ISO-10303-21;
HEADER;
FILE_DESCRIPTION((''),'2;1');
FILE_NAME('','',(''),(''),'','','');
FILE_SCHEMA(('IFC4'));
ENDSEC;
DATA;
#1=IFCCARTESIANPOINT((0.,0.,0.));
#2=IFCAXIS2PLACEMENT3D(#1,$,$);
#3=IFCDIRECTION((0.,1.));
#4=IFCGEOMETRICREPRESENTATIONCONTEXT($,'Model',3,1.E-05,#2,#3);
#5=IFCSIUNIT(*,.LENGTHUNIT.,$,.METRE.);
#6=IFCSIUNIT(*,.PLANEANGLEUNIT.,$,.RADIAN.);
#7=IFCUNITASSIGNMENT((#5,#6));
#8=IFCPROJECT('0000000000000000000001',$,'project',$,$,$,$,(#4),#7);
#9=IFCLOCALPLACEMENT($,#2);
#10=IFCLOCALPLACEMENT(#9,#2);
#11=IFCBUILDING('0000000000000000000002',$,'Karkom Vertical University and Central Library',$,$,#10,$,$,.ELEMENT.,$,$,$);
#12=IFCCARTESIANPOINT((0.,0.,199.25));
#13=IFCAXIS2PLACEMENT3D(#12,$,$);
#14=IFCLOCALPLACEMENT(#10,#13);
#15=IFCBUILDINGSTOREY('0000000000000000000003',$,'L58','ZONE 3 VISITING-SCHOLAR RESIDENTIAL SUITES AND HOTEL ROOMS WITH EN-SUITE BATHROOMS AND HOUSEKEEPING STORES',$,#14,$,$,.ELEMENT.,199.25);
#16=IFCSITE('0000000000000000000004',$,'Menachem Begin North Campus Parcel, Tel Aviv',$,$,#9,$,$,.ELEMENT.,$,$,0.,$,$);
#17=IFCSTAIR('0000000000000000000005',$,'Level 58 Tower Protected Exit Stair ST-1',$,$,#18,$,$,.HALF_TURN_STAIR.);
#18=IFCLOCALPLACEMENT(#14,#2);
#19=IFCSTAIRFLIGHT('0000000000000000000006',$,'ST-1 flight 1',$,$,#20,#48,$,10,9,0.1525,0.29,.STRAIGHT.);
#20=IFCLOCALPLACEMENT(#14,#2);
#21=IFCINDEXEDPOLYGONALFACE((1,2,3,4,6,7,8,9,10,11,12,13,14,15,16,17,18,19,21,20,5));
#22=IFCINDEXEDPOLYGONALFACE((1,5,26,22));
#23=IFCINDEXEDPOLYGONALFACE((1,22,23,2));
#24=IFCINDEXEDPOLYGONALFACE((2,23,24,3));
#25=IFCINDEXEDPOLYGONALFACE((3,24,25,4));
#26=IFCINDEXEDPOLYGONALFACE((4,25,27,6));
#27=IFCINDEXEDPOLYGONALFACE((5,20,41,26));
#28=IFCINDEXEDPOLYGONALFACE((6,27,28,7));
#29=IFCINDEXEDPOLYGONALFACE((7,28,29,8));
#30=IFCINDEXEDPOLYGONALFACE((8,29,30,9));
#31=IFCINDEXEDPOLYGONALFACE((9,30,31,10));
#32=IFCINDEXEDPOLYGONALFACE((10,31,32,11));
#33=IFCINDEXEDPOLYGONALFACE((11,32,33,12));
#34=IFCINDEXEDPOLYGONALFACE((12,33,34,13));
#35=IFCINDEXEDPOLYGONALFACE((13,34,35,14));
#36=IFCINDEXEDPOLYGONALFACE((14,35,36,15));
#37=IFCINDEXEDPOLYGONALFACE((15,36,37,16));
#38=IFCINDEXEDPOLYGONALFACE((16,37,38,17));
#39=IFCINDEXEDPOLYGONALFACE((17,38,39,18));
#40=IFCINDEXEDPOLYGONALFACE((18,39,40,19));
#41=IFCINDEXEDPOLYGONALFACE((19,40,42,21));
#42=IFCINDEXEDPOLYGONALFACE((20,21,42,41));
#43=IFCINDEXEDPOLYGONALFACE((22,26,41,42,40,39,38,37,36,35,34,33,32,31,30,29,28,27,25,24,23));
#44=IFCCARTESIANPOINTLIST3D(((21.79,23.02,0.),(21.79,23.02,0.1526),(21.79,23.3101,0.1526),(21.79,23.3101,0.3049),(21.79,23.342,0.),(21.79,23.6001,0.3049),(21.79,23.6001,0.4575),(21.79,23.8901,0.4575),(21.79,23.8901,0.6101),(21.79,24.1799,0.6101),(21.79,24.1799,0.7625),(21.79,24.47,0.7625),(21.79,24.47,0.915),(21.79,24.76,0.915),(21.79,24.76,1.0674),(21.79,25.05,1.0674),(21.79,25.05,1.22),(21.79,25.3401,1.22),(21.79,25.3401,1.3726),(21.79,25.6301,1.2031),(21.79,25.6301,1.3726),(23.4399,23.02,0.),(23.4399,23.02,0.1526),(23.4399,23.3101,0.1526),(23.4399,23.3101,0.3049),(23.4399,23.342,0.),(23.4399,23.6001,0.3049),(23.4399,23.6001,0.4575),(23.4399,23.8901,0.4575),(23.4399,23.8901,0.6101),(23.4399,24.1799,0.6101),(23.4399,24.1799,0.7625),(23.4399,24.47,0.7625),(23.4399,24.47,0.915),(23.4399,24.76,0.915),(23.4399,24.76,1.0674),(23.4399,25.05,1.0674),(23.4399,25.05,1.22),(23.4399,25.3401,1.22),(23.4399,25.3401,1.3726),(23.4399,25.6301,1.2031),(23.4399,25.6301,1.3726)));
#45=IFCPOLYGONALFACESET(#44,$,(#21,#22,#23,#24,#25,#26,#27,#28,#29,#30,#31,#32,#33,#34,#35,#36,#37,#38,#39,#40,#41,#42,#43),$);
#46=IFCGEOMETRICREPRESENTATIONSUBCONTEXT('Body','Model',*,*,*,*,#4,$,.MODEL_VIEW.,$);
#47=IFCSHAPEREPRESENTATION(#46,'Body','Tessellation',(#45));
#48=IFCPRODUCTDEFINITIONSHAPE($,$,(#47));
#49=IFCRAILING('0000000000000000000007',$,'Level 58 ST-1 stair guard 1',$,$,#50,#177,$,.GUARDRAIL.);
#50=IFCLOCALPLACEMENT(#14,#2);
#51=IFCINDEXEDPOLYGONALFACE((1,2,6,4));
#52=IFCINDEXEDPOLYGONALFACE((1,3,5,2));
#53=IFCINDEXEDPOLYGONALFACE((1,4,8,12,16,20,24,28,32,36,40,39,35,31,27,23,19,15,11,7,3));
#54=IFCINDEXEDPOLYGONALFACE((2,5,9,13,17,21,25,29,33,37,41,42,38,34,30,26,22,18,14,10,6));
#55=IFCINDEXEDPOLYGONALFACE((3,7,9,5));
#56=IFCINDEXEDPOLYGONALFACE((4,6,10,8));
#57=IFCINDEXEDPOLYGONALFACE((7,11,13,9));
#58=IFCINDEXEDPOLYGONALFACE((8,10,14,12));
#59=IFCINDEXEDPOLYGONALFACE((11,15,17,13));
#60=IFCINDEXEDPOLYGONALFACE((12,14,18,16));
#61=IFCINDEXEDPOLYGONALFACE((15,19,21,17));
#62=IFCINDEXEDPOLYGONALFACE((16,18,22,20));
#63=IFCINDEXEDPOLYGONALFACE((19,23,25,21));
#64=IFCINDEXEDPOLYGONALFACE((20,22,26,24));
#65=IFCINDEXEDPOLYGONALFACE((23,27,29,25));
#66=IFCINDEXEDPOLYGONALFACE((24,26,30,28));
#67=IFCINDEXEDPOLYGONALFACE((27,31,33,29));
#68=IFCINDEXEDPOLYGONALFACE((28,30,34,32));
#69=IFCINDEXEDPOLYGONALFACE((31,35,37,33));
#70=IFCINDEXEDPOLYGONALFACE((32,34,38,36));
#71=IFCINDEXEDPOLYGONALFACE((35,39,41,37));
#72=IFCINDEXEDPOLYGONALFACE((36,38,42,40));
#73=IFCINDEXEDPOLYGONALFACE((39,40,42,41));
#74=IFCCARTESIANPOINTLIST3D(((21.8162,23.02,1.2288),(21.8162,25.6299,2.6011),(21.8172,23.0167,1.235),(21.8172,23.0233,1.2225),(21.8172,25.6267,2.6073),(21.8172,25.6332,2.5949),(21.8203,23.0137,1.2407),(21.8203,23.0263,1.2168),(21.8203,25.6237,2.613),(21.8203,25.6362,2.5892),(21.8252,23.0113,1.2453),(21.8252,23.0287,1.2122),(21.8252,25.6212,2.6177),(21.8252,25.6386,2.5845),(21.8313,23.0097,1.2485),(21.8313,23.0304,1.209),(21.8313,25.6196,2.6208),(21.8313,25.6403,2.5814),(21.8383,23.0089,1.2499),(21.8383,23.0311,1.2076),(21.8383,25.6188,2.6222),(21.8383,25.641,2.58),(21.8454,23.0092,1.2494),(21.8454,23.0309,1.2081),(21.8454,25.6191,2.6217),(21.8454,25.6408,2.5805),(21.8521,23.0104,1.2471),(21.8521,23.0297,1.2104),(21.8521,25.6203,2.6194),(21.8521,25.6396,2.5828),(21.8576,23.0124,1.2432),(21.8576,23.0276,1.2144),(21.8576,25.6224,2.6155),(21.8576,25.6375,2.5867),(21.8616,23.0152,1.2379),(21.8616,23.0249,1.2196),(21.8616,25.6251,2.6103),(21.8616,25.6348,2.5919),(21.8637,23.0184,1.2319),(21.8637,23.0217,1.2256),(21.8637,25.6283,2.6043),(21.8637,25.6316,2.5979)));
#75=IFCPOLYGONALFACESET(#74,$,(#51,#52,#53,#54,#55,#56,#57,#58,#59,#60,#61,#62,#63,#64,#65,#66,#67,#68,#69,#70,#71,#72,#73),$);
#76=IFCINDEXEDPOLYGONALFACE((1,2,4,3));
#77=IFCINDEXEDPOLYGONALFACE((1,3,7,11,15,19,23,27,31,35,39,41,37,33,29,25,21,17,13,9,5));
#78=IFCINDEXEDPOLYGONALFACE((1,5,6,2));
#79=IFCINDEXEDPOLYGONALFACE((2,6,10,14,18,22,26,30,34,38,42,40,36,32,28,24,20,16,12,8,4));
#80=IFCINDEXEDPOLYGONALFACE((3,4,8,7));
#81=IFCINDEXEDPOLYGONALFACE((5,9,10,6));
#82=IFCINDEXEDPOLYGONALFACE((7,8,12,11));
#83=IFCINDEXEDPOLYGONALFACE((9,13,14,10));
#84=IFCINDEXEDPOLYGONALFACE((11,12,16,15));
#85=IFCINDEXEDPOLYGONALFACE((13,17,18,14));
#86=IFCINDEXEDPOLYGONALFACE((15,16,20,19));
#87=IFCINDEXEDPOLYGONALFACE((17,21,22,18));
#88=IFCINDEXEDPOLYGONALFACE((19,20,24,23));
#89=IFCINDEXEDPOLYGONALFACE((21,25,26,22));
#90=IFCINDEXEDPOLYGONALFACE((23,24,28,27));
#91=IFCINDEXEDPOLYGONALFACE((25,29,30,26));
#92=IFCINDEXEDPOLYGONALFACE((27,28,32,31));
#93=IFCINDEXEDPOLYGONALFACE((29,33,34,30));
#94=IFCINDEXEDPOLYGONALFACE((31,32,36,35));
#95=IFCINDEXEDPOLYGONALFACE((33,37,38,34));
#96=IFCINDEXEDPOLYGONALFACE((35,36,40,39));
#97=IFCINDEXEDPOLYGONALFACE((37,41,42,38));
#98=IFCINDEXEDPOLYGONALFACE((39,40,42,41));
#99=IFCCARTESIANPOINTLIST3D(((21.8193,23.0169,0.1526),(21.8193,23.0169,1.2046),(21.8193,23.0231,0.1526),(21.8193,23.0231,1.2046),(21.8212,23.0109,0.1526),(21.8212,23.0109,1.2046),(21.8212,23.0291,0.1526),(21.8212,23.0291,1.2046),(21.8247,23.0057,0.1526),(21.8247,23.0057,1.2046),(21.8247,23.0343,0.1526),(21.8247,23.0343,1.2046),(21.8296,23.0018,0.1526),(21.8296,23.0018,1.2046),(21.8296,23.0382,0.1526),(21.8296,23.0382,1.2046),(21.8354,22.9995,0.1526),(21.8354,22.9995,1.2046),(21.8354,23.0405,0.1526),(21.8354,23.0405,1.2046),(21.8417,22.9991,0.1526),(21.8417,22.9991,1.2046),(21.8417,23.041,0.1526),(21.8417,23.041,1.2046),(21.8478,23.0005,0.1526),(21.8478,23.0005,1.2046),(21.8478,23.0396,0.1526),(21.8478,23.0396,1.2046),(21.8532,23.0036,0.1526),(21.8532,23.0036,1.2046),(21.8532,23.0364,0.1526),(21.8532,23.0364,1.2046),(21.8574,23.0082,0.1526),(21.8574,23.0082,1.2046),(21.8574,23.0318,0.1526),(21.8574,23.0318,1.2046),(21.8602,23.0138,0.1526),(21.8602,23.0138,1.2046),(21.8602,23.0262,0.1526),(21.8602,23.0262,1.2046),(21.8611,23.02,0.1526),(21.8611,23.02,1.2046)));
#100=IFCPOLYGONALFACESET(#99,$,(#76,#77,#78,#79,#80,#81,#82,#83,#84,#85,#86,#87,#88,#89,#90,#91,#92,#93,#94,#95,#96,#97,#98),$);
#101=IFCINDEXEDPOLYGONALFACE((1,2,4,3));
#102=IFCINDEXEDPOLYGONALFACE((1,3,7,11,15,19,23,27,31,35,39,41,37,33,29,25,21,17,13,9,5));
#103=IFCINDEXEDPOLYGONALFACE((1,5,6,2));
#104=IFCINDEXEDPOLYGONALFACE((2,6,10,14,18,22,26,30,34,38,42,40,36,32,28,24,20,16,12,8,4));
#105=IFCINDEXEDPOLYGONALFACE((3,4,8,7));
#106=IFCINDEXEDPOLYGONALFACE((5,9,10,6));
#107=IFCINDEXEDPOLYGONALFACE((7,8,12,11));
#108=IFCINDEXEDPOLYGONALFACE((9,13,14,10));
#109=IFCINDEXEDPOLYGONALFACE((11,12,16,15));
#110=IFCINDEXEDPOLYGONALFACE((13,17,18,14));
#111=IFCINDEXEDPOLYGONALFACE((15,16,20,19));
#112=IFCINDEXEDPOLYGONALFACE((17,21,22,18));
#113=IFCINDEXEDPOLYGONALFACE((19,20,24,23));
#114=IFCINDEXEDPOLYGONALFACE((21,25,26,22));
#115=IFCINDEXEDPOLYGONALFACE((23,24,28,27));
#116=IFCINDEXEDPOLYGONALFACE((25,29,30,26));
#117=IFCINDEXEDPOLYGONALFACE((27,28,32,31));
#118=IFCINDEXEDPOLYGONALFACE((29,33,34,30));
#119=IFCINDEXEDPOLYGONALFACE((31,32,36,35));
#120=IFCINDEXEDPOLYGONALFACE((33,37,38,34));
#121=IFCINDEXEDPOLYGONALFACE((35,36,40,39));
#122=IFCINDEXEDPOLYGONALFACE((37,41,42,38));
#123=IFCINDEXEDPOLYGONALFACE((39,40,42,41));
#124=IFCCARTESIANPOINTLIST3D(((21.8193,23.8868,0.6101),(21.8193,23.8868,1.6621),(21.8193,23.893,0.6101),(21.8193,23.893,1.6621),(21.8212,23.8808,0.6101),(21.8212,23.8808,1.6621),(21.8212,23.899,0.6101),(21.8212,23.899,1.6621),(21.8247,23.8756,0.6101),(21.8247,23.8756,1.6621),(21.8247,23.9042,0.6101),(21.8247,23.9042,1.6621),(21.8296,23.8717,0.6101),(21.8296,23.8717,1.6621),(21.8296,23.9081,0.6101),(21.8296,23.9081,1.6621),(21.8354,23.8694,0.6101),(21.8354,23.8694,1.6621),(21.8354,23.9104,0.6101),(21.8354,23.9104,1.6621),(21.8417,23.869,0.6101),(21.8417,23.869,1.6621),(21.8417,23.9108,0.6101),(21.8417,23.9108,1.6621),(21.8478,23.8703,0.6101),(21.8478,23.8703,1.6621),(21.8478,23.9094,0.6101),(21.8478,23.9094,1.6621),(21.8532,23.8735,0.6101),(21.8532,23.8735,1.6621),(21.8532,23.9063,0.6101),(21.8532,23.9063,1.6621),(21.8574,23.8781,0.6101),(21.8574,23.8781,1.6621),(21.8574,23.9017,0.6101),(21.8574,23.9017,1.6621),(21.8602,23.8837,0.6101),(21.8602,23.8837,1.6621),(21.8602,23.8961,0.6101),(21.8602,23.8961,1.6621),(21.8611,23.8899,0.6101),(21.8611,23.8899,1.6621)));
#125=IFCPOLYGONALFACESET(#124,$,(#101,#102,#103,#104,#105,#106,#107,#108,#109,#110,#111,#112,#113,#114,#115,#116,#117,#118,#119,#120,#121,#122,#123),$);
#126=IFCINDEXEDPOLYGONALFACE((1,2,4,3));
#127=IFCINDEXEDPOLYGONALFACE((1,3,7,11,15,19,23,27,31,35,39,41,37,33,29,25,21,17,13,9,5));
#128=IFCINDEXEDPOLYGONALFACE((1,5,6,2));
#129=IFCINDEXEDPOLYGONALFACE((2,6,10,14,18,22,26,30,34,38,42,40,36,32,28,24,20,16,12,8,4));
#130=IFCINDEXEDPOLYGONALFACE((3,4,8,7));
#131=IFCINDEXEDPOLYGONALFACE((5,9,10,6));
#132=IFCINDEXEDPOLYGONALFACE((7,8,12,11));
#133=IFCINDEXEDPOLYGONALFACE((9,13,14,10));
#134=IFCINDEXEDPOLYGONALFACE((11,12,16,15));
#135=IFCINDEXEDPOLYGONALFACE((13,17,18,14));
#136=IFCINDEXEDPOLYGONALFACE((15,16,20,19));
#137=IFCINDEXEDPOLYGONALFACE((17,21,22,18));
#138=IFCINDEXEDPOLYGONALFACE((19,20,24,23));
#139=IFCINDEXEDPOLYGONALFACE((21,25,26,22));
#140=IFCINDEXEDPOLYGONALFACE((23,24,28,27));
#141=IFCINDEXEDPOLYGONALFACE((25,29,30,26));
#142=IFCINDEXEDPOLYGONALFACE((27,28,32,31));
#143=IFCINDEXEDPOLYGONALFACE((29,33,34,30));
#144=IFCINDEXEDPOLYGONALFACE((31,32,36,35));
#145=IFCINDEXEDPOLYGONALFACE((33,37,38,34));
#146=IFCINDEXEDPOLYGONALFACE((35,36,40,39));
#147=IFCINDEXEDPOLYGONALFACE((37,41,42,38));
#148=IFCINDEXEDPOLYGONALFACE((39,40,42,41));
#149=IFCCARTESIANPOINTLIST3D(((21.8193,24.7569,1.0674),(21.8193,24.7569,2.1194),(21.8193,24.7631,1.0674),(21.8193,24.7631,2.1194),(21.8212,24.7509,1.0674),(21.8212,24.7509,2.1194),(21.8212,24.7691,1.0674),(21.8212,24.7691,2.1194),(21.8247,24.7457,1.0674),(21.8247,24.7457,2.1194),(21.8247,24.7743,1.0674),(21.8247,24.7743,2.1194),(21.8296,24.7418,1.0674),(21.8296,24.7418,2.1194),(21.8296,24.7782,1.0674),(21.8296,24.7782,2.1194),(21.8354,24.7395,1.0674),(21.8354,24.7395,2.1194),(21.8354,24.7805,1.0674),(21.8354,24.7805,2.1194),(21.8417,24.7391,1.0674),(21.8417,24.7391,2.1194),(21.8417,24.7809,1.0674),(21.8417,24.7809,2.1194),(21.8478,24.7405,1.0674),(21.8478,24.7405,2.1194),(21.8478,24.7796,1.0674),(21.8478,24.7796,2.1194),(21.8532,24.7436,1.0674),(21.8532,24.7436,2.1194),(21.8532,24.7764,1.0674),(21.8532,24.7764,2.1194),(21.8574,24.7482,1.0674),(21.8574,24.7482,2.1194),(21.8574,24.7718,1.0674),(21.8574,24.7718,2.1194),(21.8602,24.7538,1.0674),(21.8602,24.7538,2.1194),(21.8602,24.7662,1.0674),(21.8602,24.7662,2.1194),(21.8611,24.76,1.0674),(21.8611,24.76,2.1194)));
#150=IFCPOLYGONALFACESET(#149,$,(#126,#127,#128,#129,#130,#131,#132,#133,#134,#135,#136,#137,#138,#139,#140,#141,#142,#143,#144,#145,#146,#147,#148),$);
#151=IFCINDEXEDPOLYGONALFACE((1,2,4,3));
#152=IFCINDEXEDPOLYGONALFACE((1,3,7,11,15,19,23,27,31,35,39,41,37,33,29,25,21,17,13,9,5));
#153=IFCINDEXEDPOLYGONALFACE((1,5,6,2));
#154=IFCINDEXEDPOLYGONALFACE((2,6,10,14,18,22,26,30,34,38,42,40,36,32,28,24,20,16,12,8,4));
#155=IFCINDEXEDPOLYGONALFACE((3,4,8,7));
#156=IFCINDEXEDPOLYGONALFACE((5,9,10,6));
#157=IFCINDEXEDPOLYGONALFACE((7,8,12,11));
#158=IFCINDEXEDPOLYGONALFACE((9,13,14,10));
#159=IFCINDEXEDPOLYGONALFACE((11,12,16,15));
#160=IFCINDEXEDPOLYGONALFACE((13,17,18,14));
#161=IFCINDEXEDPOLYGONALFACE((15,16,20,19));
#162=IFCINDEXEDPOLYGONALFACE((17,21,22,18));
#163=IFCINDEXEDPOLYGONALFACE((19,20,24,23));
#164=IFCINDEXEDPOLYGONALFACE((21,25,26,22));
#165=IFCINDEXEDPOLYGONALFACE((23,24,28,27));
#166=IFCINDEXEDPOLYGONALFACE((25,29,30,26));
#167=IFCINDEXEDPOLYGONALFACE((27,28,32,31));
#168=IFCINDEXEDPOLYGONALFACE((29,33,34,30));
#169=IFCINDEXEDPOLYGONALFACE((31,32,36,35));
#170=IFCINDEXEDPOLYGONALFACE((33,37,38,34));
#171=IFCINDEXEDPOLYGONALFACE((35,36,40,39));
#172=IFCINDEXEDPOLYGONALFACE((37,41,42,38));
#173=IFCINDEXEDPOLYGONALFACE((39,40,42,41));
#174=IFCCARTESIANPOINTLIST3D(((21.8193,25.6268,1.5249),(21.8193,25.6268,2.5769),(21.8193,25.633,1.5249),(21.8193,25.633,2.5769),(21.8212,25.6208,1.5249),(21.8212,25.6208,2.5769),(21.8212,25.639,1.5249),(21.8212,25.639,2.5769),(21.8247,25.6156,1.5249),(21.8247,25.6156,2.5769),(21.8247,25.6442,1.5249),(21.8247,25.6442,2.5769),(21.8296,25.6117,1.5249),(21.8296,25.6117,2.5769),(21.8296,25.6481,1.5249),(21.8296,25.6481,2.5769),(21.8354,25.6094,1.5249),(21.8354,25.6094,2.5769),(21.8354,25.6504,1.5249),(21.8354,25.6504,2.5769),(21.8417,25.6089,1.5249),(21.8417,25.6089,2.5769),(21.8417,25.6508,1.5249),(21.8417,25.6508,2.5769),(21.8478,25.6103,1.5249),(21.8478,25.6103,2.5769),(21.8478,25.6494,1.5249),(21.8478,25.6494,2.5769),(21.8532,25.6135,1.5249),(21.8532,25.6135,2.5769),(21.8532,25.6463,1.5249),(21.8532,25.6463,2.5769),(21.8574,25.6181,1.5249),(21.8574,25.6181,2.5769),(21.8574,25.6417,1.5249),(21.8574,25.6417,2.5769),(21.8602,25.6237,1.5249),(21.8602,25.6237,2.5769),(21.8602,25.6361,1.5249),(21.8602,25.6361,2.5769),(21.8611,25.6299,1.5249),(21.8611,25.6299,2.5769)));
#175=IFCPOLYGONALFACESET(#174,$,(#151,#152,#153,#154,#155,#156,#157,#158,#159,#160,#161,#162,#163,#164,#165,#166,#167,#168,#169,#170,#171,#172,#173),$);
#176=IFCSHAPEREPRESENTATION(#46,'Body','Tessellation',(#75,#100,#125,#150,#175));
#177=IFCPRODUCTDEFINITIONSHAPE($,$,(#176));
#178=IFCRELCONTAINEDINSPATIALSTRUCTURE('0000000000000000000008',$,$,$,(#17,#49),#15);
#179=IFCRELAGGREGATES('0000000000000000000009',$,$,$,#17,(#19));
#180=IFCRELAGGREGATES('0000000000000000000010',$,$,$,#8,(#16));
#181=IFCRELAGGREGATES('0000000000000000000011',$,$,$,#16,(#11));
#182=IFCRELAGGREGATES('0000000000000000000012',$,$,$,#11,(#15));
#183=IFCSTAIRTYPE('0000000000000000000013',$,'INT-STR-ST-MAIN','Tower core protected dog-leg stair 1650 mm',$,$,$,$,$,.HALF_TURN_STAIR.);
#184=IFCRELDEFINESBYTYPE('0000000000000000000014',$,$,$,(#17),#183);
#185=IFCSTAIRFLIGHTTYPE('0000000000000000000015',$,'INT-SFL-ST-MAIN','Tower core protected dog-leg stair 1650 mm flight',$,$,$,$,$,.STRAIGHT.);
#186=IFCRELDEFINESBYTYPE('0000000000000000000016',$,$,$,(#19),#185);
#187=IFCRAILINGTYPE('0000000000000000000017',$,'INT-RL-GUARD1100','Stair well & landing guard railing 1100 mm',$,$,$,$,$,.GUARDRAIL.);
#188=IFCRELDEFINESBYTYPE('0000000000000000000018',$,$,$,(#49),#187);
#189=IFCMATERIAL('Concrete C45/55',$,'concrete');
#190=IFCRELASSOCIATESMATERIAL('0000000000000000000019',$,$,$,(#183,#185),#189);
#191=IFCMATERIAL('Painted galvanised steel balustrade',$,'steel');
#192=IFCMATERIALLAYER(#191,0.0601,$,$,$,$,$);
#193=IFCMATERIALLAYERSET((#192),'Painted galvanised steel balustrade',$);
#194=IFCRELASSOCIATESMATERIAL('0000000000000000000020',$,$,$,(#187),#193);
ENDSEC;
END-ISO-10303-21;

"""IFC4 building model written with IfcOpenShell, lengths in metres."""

from ifc_helpers import new_model, si_unit, direction, frame, origin, origin_2d, place, context, subcontext, project, spatial, polyline, circle, outline, extrude, material, layer, layer_set, type_object, element, aggregate, save


model = new_model("IFC4")

# Units and contexts
model_context = context("Model", 3, precision=1e-05, world=origin(), true_north=direction((0.0, 1.0)))
body_context = subcontext(model_context, "Body", "Model", "MODEL_VIEW")
ifc_project = project(units=[si_unit("LENGTHUNIT", "METRE"), si_unit("PLANEANGLEUNIT", "RADIAN")], contexts=[model_context])

# Site, building, storey
site_placement = place(None, origin())
site = spatial("IfcSite", under=ifc_project, at=site_placement, Name="Menachem Begin North Campus Parcel, Tel Aviv", CompositionType="ELEMENT", RefElevation=0.0)
building_placement = place(site_placement, origin())
building = spatial("IfcBuilding", under=site, at=building_placement, Name="Karkom Vertical University and Central Library", CompositionType="ELEMENT")
storey_placement = place(building_placement, frame((0.0, 0.0, 199.25)))
storey = spatial("IfcBuildingStorey", under=building, at=storey_placement, Name="L58", Description="ZONE 3 VISITING-SCHOLAR RESIDENTIAL SUITES AND HOTEL ROOMS WITH EN-SUITE BATHROOMS AND HOUSEKEEPING STORES", CompositionType="ELEMENT", Elevation=199.25)

# Shared definitions
ifc_material_1 = material(Name="Concrete C45/55", Category="concrete")

# Stair, stair flight
stair_type = type_object("IfcStairType", Name="INT-STR-ST-MAIN", Description="Tower core protected dog-leg stair 1650 mm", PredefinedType="HALF_TURN_STAIR", material=ifc_material_1)
stair_placement = place(storey_placement, origin())
stair = element("IfcStair", 1, at=stair_placement, inside=storey, type_object=stair_type, Name="Level 58 Tower Protected Exit Stair ST-1", PredefinedType="HALF_TURN_STAIR")
stair_flight_type = type_object("IfcStairFlightType", Name="INT-SFL-ST-MAIN", Description="Tower core protected dog-leg stair 1650 mm flight", PredefinedType="STRAIGHT", material=ifc_material_1)
stair_flight_placement = place(storey_placement, frame((22.615, 23.02, 0.0), z_axis=(0.0, 0.0, 1.0), x_axis=(0.0, 1.0, 0.0)))
stair_flight = element("IfcStairFlight", 2, at=stair_flight_placement, type_object=stair_flight_type, Name="ST-1 flight 1", NumberOfRisers=10, NumberOfTreads=9, PredefinedType="STRAIGHT", RiserHeight=0.1525, TreadLength=0.29, context=body_context, shape_type="SweptSolid", body=[
    extrude(outline(polyline([(0.0, 0.0), (0.0, 0.1526), (0.29, 0.1526), (0.29, 0.3049), (0.5801, 0.3049), (0.5801, 0.4575), (0.8701, 0.4575), (0.8701, 0.6101), (1.1599, 0.6101), (1.1599, 0.7625), (1.45, 0.7625), (1.45, 0.915), (1.74, 0.915), (1.74, 1.0674), (2.03, 1.0674), (2.03, 1.22), (2.3201, 1.22), (2.3201, 1.3726), (2.6101, 1.3726), (2.6101, 1.5249), (2.6101, 1.2031), (0.322, 0.0), (0.0, 0.0)])), frame((0.0, 0.825, 0.0), z_axis=(0.0, -1.0, 0.0), x_axis=(1.0, 0.0, 0.0)), (0.0, 0.0, 1.0), 1.6499),
])
aggregate(stair, [stair_flight])

# Railing
ifc_material_2 = material(Name="Painted galvanised steel balustrade", Category="steel")
ifc_layer_1 = layer(ifc_material_2, 0.0601)
ifc_layer_set_1 = layer_set([ifc_layer_1], Name="Painted galvanised steel balustrade")
railing_type_1 = type_object("IfcRailingType", Name="INT-RL-GUARD1100", Description="Stair well & landing guard railing 1100 mm", PredefinedType="GUARDRAIL", material=ifc_layer_set_1)
railing_1_placement = place(storey_placement, frame((21.8401, 23.02, 0.1526)))
element("IfcRailing", 3, at=railing_1_placement, inside=storey, type_object=railing_type_1, Name="Level 58 ST-1 stair guard 1", PredefinedType="GUARDRAIL", context=body_context, shape_type="SweptSolid", body=[
    extrude(circle(Radius=0.0239, at=origin_2d()), frame((0.0, 0.0, 1.0762), z_axis=(0.0, 0.8851, 0.465402), x_axis=(-1.0, 0.0, 0.0)), (0.0, 0.0, 1.0), 2.9487),
    extrude(circle(Radius=0.021, at=origin_2d()), origin(), (0.0, 0.0, 1.0), 1.052),
    extrude(circle(Radius=0.021, at=origin_2d()), frame((0.0, 0.8699, 0.4575)), (0.0, 0.0, 1.0), 1.052),
    extrude(circle(Radius=0.021, at=origin_2d()), frame((0.0, 1.74, 0.9148)), (0.0, 0.0, 1.0), 1.052),
    extrude(circle(Radius=0.021, at=origin_2d()), frame((0.0, 2.6099, 1.3723)), (0.0, 0.0, 1.0), 1.052),
])

save(model, "model.ifc")
